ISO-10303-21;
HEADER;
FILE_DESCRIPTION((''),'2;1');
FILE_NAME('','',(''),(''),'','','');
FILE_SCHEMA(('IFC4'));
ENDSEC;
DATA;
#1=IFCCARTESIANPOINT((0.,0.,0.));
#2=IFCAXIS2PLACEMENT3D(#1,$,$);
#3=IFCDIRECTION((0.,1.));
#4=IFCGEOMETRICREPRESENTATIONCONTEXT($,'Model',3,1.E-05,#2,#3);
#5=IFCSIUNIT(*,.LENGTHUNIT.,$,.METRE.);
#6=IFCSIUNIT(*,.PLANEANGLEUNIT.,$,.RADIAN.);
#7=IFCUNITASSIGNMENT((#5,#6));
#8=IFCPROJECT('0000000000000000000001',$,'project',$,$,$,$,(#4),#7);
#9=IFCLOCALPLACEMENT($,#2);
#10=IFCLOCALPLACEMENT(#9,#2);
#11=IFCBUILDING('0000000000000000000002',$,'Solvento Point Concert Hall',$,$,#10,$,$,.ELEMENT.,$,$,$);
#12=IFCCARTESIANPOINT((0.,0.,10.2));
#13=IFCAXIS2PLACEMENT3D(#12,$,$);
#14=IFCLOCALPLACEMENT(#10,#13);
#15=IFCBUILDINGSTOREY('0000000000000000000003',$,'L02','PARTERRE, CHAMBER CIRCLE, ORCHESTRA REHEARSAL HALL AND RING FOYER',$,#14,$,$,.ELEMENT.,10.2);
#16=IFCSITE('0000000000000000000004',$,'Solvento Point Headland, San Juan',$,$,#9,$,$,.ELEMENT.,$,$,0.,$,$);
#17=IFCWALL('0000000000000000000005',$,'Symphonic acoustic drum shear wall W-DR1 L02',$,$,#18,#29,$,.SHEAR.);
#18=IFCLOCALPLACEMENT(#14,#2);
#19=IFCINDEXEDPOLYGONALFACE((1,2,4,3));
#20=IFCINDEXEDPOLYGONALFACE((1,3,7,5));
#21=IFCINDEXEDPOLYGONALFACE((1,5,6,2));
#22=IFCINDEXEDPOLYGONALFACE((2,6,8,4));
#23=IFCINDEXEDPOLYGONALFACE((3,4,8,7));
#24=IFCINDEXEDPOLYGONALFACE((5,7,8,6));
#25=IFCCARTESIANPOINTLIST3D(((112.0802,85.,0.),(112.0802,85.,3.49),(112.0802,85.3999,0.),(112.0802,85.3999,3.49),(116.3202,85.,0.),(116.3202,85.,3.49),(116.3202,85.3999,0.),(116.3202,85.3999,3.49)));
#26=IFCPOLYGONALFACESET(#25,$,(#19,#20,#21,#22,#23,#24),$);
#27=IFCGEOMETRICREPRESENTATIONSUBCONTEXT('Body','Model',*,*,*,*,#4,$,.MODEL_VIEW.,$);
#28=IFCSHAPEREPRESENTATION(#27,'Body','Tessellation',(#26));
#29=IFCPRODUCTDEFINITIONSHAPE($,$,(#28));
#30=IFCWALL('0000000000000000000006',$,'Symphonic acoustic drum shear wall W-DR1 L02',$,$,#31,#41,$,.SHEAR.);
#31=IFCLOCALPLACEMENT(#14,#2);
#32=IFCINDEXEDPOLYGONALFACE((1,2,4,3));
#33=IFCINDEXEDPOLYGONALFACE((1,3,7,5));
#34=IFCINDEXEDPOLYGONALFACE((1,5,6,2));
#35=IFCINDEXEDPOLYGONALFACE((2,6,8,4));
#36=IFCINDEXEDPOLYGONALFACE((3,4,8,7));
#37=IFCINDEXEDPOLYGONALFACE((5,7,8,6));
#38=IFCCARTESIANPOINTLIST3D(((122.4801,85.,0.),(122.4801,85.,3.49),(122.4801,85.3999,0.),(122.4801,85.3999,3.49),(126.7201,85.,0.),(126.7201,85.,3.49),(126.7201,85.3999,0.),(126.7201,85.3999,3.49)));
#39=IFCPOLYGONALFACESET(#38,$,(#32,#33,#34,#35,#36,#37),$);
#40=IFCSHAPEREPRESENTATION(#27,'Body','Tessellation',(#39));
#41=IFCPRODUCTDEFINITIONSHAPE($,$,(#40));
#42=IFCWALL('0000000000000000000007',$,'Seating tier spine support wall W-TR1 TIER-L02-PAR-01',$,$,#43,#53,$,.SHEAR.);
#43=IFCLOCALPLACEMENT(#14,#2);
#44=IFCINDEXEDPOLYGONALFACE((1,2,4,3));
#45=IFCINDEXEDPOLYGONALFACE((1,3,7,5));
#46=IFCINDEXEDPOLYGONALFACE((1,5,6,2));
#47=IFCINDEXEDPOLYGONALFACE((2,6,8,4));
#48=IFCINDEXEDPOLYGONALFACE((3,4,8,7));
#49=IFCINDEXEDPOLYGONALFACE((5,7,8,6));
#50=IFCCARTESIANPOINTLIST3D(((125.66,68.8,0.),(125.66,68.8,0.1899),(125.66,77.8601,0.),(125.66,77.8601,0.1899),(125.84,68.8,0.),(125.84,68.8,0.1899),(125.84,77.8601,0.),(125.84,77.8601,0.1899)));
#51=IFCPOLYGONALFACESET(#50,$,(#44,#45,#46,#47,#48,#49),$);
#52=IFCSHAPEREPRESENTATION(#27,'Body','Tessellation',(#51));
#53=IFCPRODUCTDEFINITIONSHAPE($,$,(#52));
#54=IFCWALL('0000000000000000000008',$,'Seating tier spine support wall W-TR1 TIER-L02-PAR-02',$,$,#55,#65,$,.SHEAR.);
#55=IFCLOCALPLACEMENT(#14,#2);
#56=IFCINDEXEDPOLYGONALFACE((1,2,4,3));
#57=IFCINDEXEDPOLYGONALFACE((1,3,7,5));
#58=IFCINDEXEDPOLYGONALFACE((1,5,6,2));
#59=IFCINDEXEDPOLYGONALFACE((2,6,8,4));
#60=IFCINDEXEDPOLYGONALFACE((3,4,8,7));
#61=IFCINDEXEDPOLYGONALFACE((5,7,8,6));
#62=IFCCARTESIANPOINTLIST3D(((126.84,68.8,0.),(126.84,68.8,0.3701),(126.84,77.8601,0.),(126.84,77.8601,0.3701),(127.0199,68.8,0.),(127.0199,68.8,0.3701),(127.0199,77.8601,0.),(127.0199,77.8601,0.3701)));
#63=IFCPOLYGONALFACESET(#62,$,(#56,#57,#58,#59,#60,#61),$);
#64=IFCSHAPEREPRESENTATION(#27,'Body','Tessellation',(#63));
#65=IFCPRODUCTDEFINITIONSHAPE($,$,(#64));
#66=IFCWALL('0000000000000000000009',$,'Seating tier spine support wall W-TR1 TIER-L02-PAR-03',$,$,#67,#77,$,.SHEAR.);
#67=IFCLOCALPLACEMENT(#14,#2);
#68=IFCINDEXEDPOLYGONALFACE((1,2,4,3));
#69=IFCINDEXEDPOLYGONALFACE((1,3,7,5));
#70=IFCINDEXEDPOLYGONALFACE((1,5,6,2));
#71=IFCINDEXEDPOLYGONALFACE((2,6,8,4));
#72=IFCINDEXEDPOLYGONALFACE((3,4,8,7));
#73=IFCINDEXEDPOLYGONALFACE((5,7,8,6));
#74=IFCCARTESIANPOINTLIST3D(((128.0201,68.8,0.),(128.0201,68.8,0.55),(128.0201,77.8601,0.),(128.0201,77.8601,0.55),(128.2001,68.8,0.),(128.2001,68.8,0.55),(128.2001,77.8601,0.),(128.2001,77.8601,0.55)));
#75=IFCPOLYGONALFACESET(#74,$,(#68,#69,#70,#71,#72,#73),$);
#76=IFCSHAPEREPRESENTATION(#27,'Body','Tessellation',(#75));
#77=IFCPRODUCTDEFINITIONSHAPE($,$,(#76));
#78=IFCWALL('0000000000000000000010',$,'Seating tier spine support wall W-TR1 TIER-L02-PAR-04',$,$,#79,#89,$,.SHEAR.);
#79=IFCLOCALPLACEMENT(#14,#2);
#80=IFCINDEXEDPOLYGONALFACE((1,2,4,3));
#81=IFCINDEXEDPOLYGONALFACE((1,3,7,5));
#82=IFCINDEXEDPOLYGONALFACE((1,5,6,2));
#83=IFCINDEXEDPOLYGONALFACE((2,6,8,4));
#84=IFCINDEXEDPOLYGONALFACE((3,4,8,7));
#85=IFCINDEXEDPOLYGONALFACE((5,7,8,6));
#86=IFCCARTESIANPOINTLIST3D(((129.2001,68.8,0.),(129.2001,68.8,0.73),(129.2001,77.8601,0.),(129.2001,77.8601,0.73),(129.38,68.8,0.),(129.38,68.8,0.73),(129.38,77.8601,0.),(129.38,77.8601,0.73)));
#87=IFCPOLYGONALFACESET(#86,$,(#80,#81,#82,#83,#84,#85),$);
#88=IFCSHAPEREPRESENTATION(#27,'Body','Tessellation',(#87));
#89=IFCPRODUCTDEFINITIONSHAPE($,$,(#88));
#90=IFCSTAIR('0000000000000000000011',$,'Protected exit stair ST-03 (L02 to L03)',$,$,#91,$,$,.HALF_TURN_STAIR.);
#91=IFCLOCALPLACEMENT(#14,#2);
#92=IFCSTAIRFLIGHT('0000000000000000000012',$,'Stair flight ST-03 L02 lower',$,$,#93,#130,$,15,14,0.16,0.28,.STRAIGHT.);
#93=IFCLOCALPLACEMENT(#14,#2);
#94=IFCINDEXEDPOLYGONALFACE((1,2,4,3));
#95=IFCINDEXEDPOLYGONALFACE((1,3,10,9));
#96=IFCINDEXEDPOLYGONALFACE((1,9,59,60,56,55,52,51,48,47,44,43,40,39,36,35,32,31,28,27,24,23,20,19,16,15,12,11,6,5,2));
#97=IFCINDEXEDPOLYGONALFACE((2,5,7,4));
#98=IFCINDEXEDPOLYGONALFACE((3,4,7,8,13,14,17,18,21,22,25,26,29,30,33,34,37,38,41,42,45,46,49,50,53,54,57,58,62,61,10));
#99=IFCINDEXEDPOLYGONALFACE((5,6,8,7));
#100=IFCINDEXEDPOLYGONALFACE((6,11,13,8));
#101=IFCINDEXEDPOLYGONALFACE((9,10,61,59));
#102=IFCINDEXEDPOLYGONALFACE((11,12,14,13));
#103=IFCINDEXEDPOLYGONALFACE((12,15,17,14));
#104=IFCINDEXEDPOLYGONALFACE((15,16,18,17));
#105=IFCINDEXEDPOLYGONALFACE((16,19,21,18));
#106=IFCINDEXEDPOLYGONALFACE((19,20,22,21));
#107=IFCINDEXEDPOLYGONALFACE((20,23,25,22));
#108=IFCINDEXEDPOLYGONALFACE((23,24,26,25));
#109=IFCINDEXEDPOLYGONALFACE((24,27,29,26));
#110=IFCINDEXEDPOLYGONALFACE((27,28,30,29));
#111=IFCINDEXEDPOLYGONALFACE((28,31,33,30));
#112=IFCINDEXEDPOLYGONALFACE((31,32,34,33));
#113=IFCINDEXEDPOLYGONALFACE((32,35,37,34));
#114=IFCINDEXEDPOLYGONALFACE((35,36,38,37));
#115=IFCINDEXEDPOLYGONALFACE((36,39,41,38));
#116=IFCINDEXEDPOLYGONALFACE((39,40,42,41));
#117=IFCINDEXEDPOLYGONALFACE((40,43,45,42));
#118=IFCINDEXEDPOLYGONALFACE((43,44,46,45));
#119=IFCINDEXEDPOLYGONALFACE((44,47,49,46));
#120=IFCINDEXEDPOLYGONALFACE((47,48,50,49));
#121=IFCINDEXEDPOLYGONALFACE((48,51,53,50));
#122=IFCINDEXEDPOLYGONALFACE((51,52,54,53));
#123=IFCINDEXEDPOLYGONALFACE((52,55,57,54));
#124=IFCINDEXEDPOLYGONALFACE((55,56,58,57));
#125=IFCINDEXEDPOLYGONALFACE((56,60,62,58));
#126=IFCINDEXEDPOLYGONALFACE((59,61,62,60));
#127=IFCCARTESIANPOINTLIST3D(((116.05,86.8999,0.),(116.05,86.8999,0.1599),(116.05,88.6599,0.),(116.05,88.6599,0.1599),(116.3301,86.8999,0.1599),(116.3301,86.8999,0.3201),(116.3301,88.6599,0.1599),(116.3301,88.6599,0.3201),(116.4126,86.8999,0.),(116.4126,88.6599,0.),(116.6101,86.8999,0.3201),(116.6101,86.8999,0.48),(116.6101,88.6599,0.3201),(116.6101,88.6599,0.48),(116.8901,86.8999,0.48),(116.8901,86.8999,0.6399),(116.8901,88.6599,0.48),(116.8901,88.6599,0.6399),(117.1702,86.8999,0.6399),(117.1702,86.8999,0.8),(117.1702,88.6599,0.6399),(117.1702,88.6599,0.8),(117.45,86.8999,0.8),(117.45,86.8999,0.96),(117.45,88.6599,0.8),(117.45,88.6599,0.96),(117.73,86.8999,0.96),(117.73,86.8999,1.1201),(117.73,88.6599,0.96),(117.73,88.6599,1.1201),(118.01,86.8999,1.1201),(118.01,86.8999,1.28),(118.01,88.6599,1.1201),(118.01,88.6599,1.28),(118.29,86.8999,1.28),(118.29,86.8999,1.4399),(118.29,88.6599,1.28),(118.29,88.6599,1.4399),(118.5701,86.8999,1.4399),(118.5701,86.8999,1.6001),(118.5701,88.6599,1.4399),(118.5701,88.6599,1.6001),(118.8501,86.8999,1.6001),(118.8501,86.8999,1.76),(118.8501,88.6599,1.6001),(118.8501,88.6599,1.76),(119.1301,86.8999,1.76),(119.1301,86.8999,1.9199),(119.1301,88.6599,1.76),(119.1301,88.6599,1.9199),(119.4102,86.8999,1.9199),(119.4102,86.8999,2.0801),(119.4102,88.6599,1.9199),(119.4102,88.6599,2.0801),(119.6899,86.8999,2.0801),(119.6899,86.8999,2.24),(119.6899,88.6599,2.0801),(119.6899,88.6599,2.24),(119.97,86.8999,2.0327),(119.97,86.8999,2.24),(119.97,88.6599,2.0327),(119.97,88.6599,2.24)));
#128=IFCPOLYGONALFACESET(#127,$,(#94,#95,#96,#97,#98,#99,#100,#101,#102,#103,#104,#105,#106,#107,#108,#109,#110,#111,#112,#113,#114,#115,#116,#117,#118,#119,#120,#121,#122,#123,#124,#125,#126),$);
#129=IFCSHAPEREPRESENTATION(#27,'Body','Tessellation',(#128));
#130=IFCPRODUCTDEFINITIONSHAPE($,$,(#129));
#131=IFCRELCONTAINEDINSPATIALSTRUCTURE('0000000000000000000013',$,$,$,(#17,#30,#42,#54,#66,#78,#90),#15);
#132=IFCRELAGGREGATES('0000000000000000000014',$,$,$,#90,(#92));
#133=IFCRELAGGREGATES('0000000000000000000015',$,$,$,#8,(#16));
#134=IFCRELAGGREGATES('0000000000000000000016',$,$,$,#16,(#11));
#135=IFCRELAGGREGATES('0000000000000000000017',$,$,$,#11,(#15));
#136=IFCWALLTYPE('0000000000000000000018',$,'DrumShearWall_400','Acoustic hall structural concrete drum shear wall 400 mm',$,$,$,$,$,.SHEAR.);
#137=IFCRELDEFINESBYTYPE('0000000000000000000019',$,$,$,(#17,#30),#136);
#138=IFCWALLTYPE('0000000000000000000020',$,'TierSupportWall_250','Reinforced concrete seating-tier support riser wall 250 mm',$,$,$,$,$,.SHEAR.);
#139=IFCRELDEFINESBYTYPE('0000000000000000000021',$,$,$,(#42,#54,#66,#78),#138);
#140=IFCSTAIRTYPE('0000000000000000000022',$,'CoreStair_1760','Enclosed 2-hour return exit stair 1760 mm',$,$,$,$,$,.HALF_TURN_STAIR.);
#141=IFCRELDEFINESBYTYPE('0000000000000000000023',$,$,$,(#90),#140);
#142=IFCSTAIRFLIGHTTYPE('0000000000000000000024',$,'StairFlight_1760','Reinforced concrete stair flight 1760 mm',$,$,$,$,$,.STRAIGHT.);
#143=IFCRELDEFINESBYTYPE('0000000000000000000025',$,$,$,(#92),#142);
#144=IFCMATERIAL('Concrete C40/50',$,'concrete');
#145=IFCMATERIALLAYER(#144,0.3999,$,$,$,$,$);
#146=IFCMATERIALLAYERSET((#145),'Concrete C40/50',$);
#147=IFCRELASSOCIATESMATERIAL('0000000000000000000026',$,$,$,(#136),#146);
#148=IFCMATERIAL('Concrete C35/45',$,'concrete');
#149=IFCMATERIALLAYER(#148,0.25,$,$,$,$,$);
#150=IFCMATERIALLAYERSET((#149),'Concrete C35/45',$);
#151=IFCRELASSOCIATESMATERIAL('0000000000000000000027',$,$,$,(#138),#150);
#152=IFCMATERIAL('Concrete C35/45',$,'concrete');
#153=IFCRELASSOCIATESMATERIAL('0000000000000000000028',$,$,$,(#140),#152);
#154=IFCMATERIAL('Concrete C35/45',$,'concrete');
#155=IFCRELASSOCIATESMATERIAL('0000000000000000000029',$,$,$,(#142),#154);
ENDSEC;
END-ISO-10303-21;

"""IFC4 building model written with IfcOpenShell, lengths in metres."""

from ifc_helpers import new_model, si_unit, direction, frame, frame_2d, origin, place, context, subcontext, project, spatial, polyline, rectangle, outline, extrude, material, layer, layer_set, type_object, element, aggregate, save


model = new_model("IFC4")

# Units and contexts
model_context = context("Model", 3, precision=1e-05, world=origin(), true_north=direction((0.0, 1.0)))
body_context = subcontext(model_context, "Body", "Model", "MODEL_VIEW")
ifc_project = project(units=[si_unit("LENGTHUNIT", "METRE"), si_unit("PLANEANGLEUNIT", "RADIAN")], contexts=[model_context])

# Site, building, storey
site_placement = place(None, origin())
site = spatial("IfcSite", under=ifc_project, at=site_placement, Name="Solvento Point Headland, San Juan", CompositionType="ELEMENT", RefElevation=0.0)
building_placement = place(site_placement, origin())
building = spatial("IfcBuilding", under=site, at=building_placement, Name="Solvento Point Concert Hall", CompositionType="ELEMENT")
storey_placement = place(building_placement, frame((0.0, 0.0, 10.2)))
storey = spatial("IfcBuildingStorey", under=building, at=storey_placement, Name="L02", Description="PARTERRE, CHAMBER CIRCLE, ORCHESTRA REHEARSAL HALL AND RING FOYER", CompositionType="ELEMENT", Elevation=10.2)

# Walls
ifc_material_1 = material(Name="Concrete C40/50", Category="concrete")
ifc_layer_1 = layer(ifc_material_1, 0.3999)
ifc_layer_set_1 = layer_set([ifc_layer_1], Name="Concrete C40/50")
wall_type_1 = type_object("IfcWallType", Name="DrumShearWall_400", Description="Acoustic hall structural concrete drum shear wall 400 mm", PredefinedType="SHEAR", material=ifc_layer_set_1)
for number, where, z_axis, x_axis, name in (
    (1, (112.0801, 85.2, 0.0), (0.0, 0.0, 1.0), (1.0, 0.0, 0.0), "Symphonic acoustic drum shear wall W-DR1 L02"),
    (2, (122.48, 85.2, 0.0), (0.0, 0.0, 1.0), (1.0, 0.0, 0.0), "Symphonic acoustic drum shear wall W-DR1 L02"),
):
    element("IfcWall", number, at=place(storey_placement, frame(where, z_axis=z_axis, x_axis=x_axis)), inside=storey, type_object=wall_type_1, Name=name, PredefinedType="SHEAR", context=body_context, shape_type="SweptSolid", body=[
        extrude(rectangle(XDim=4.24, YDim=0.3999, at=frame_2d((2.1201, 0.0))), origin(), (0.0, 0.0, 1.0), 3.49),
    ])
ifc_material_2 = material(Name="Concrete C35/45", Category="concrete")
ifc_layer_2 = layer(ifc_material_2, 0.25)
ifc_layer_set_2 = layer_set([ifc_layer_2], Name="Concrete C35/45")
wall_type_2 = type_object("IfcWallType", Name="TierSupportWall_250", Description="Reinforced concrete seating-tier support riser wall 250 mm", PredefinedType="SHEAR", material=ifc_layer_set_2)
wall_1_placement = place(storey_placement, frame((125.75, 68.8, 0.0), z_axis=(0.0, 0.0, 1.0), x_axis=(0.0, 1.0, 0.0)))
element("IfcWall", 3, at=wall_1_placement, inside=storey, type_object=wall_type_2, Name="Seating tier spine support wall W-TR1 TIER-L02-PAR-01", PredefinedType="SHEAR", context=body_context, shape_type="SweptSolid", body=[
    extrude(rectangle(XDim=9.0601, YDim=0.1799, at=frame_2d((4.53, 0.0))), origin(), (0.0, 0.0, 1.0), 0.1899),
])
wall_2_placement = place(storey_placement, frame((126.9299, 68.8, 0.0), z_axis=(0.0, 0.0, 1.0), x_axis=(0.0, 1.0, 0.0)))
element("IfcWall", 4, at=wall_2_placement, inside=storey, type_object=wall_type_2, Name="Seating tier spine support wall W-TR1 TIER-L02-PAR-02", PredefinedType="SHEAR", context=body_context, shape_type="SweptSolid", body=[
    extrude(rectangle(XDim=9.0601, YDim=0.1799, at=frame_2d((4.53, 0.0))), origin(), (0.0, 0.0, 1.0), 0.3701),
])
wall_3_placement = place(storey_placement, frame((128.1101, 68.8, 0.0), z_axis=(0.0, 0.0, 1.0), x_axis=(0.0, 1.0, 0.0)))
element("IfcWall", 5, at=wall_3_placement, inside=storey, type_object=wall_type_2, Name="Seating tier spine support wall W-TR1 TIER-L02-PAR-03", PredefinedType="SHEAR", context=body_context, shape_type="SweptSolid", body=[
    extrude(rectangle(XDim=9.0601, YDim=0.1799, at=frame_2d((4.53, 0.0))), origin(), (0.0, 0.0, 1.0), 0.55),
])
wall_4_placement = place(storey_placement, frame((129.29, 68.8, 0.0), z_axis=(0.0, 0.0, 1.0), x_axis=(0.0, 1.0, 0.0)))
element("IfcWall", 6, at=wall_4_placement, inside=storey, type_object=wall_type_2, Name="Seating tier spine support wall W-TR1 TIER-L02-PAR-04", PredefinedType="SHEAR", context=body_context, shape_type="SweptSolid", body=[
    extrude(rectangle(XDim=9.0601, YDim=0.1799, at=frame_2d((4.53, 0.0))), origin(), (0.0, 0.0, 1.0), 0.73),
])

# Stair, stair flight
ifc_material_3 = material(Name="Concrete C35/45", Category="concrete")
stair_type = type_object("IfcStairType", Name="CoreStair_1760", Description="Enclosed 2-hour return exit stair 1760 mm", PredefinedType="HALF_TURN_STAIR", material=ifc_material_3)
stair_placement = place(storey_placement, origin())
stair = element("IfcStair", 7, at=stair_placement, inside=storey, type_object=stair_type, Name="Protected exit stair ST-03 (L02 to L03)", PredefinedType="HALF_TURN_STAIR")
ifc_material_4 = material(Name="Concrete C35/45", Category="concrete")
stair_flight_type = type_object("IfcStairFlightType", Name="StairFlight_1760", Description="Reinforced concrete stair flight 1760 mm", PredefinedType="STRAIGHT", material=ifc_material_4)
stair_flight_placement = place(storey_placement, frame((116.05, 87.78, 0.0), z_axis=(0.0, 0.0, 1.0), x_axis=(1.0, 0.0, 0.0)))
stair_flight = element("IfcStairFlight", 8, at=stair_flight_placement, type_object=stair_flight_type, Name="Stair flight ST-03 L02 lower", NumberOfRisers=15, NumberOfTreads=14, PredefinedType="STRAIGHT", RiserHeight=0.16, TreadLength=0.28, context=body_context, shape_type="SweptSolid", body=[
    extrude(outline(polyline([(0.0, 0.0), (0.0, 0.1599), (0.28, 0.1599), (0.28, 0.3201), (0.5601, 0.3201), (0.5601, 0.48), (0.8401, 0.48), (0.8401, 0.6399), (1.1201, 0.6399), (1.1201, 0.8), (1.3999, 0.8), (1.3999, 0.96), (1.6799, 0.96), (1.6799, 1.1201), (1.96, 1.1201), (1.96, 1.28), (2.24, 1.28), (2.24, 1.4399), (2.52, 1.4399), (2.52, 1.6001), (2.8, 1.6001), (2.8, 1.76), (3.0801, 1.76), (3.0801, 1.9199), (3.3601, 1.9199), (3.3601, 2.0801), (3.6399, 2.0801), (3.6399, 2.24), (3.9199, 2.24), (3.9199, 2.3999), (3.9199, 2.0327), (0.3625, 0.0), (0.0, 0.0)])), frame((0.0, 0.8799, 0.0), z_axis=(0.0, -1.0, 0.0), x_axis=(1.0, 0.0, 0.0)), (0.0, 0.0, 1.0), 1.76),
])
aggregate(stair, [stair_flight])

save(model, "model.ifc")
